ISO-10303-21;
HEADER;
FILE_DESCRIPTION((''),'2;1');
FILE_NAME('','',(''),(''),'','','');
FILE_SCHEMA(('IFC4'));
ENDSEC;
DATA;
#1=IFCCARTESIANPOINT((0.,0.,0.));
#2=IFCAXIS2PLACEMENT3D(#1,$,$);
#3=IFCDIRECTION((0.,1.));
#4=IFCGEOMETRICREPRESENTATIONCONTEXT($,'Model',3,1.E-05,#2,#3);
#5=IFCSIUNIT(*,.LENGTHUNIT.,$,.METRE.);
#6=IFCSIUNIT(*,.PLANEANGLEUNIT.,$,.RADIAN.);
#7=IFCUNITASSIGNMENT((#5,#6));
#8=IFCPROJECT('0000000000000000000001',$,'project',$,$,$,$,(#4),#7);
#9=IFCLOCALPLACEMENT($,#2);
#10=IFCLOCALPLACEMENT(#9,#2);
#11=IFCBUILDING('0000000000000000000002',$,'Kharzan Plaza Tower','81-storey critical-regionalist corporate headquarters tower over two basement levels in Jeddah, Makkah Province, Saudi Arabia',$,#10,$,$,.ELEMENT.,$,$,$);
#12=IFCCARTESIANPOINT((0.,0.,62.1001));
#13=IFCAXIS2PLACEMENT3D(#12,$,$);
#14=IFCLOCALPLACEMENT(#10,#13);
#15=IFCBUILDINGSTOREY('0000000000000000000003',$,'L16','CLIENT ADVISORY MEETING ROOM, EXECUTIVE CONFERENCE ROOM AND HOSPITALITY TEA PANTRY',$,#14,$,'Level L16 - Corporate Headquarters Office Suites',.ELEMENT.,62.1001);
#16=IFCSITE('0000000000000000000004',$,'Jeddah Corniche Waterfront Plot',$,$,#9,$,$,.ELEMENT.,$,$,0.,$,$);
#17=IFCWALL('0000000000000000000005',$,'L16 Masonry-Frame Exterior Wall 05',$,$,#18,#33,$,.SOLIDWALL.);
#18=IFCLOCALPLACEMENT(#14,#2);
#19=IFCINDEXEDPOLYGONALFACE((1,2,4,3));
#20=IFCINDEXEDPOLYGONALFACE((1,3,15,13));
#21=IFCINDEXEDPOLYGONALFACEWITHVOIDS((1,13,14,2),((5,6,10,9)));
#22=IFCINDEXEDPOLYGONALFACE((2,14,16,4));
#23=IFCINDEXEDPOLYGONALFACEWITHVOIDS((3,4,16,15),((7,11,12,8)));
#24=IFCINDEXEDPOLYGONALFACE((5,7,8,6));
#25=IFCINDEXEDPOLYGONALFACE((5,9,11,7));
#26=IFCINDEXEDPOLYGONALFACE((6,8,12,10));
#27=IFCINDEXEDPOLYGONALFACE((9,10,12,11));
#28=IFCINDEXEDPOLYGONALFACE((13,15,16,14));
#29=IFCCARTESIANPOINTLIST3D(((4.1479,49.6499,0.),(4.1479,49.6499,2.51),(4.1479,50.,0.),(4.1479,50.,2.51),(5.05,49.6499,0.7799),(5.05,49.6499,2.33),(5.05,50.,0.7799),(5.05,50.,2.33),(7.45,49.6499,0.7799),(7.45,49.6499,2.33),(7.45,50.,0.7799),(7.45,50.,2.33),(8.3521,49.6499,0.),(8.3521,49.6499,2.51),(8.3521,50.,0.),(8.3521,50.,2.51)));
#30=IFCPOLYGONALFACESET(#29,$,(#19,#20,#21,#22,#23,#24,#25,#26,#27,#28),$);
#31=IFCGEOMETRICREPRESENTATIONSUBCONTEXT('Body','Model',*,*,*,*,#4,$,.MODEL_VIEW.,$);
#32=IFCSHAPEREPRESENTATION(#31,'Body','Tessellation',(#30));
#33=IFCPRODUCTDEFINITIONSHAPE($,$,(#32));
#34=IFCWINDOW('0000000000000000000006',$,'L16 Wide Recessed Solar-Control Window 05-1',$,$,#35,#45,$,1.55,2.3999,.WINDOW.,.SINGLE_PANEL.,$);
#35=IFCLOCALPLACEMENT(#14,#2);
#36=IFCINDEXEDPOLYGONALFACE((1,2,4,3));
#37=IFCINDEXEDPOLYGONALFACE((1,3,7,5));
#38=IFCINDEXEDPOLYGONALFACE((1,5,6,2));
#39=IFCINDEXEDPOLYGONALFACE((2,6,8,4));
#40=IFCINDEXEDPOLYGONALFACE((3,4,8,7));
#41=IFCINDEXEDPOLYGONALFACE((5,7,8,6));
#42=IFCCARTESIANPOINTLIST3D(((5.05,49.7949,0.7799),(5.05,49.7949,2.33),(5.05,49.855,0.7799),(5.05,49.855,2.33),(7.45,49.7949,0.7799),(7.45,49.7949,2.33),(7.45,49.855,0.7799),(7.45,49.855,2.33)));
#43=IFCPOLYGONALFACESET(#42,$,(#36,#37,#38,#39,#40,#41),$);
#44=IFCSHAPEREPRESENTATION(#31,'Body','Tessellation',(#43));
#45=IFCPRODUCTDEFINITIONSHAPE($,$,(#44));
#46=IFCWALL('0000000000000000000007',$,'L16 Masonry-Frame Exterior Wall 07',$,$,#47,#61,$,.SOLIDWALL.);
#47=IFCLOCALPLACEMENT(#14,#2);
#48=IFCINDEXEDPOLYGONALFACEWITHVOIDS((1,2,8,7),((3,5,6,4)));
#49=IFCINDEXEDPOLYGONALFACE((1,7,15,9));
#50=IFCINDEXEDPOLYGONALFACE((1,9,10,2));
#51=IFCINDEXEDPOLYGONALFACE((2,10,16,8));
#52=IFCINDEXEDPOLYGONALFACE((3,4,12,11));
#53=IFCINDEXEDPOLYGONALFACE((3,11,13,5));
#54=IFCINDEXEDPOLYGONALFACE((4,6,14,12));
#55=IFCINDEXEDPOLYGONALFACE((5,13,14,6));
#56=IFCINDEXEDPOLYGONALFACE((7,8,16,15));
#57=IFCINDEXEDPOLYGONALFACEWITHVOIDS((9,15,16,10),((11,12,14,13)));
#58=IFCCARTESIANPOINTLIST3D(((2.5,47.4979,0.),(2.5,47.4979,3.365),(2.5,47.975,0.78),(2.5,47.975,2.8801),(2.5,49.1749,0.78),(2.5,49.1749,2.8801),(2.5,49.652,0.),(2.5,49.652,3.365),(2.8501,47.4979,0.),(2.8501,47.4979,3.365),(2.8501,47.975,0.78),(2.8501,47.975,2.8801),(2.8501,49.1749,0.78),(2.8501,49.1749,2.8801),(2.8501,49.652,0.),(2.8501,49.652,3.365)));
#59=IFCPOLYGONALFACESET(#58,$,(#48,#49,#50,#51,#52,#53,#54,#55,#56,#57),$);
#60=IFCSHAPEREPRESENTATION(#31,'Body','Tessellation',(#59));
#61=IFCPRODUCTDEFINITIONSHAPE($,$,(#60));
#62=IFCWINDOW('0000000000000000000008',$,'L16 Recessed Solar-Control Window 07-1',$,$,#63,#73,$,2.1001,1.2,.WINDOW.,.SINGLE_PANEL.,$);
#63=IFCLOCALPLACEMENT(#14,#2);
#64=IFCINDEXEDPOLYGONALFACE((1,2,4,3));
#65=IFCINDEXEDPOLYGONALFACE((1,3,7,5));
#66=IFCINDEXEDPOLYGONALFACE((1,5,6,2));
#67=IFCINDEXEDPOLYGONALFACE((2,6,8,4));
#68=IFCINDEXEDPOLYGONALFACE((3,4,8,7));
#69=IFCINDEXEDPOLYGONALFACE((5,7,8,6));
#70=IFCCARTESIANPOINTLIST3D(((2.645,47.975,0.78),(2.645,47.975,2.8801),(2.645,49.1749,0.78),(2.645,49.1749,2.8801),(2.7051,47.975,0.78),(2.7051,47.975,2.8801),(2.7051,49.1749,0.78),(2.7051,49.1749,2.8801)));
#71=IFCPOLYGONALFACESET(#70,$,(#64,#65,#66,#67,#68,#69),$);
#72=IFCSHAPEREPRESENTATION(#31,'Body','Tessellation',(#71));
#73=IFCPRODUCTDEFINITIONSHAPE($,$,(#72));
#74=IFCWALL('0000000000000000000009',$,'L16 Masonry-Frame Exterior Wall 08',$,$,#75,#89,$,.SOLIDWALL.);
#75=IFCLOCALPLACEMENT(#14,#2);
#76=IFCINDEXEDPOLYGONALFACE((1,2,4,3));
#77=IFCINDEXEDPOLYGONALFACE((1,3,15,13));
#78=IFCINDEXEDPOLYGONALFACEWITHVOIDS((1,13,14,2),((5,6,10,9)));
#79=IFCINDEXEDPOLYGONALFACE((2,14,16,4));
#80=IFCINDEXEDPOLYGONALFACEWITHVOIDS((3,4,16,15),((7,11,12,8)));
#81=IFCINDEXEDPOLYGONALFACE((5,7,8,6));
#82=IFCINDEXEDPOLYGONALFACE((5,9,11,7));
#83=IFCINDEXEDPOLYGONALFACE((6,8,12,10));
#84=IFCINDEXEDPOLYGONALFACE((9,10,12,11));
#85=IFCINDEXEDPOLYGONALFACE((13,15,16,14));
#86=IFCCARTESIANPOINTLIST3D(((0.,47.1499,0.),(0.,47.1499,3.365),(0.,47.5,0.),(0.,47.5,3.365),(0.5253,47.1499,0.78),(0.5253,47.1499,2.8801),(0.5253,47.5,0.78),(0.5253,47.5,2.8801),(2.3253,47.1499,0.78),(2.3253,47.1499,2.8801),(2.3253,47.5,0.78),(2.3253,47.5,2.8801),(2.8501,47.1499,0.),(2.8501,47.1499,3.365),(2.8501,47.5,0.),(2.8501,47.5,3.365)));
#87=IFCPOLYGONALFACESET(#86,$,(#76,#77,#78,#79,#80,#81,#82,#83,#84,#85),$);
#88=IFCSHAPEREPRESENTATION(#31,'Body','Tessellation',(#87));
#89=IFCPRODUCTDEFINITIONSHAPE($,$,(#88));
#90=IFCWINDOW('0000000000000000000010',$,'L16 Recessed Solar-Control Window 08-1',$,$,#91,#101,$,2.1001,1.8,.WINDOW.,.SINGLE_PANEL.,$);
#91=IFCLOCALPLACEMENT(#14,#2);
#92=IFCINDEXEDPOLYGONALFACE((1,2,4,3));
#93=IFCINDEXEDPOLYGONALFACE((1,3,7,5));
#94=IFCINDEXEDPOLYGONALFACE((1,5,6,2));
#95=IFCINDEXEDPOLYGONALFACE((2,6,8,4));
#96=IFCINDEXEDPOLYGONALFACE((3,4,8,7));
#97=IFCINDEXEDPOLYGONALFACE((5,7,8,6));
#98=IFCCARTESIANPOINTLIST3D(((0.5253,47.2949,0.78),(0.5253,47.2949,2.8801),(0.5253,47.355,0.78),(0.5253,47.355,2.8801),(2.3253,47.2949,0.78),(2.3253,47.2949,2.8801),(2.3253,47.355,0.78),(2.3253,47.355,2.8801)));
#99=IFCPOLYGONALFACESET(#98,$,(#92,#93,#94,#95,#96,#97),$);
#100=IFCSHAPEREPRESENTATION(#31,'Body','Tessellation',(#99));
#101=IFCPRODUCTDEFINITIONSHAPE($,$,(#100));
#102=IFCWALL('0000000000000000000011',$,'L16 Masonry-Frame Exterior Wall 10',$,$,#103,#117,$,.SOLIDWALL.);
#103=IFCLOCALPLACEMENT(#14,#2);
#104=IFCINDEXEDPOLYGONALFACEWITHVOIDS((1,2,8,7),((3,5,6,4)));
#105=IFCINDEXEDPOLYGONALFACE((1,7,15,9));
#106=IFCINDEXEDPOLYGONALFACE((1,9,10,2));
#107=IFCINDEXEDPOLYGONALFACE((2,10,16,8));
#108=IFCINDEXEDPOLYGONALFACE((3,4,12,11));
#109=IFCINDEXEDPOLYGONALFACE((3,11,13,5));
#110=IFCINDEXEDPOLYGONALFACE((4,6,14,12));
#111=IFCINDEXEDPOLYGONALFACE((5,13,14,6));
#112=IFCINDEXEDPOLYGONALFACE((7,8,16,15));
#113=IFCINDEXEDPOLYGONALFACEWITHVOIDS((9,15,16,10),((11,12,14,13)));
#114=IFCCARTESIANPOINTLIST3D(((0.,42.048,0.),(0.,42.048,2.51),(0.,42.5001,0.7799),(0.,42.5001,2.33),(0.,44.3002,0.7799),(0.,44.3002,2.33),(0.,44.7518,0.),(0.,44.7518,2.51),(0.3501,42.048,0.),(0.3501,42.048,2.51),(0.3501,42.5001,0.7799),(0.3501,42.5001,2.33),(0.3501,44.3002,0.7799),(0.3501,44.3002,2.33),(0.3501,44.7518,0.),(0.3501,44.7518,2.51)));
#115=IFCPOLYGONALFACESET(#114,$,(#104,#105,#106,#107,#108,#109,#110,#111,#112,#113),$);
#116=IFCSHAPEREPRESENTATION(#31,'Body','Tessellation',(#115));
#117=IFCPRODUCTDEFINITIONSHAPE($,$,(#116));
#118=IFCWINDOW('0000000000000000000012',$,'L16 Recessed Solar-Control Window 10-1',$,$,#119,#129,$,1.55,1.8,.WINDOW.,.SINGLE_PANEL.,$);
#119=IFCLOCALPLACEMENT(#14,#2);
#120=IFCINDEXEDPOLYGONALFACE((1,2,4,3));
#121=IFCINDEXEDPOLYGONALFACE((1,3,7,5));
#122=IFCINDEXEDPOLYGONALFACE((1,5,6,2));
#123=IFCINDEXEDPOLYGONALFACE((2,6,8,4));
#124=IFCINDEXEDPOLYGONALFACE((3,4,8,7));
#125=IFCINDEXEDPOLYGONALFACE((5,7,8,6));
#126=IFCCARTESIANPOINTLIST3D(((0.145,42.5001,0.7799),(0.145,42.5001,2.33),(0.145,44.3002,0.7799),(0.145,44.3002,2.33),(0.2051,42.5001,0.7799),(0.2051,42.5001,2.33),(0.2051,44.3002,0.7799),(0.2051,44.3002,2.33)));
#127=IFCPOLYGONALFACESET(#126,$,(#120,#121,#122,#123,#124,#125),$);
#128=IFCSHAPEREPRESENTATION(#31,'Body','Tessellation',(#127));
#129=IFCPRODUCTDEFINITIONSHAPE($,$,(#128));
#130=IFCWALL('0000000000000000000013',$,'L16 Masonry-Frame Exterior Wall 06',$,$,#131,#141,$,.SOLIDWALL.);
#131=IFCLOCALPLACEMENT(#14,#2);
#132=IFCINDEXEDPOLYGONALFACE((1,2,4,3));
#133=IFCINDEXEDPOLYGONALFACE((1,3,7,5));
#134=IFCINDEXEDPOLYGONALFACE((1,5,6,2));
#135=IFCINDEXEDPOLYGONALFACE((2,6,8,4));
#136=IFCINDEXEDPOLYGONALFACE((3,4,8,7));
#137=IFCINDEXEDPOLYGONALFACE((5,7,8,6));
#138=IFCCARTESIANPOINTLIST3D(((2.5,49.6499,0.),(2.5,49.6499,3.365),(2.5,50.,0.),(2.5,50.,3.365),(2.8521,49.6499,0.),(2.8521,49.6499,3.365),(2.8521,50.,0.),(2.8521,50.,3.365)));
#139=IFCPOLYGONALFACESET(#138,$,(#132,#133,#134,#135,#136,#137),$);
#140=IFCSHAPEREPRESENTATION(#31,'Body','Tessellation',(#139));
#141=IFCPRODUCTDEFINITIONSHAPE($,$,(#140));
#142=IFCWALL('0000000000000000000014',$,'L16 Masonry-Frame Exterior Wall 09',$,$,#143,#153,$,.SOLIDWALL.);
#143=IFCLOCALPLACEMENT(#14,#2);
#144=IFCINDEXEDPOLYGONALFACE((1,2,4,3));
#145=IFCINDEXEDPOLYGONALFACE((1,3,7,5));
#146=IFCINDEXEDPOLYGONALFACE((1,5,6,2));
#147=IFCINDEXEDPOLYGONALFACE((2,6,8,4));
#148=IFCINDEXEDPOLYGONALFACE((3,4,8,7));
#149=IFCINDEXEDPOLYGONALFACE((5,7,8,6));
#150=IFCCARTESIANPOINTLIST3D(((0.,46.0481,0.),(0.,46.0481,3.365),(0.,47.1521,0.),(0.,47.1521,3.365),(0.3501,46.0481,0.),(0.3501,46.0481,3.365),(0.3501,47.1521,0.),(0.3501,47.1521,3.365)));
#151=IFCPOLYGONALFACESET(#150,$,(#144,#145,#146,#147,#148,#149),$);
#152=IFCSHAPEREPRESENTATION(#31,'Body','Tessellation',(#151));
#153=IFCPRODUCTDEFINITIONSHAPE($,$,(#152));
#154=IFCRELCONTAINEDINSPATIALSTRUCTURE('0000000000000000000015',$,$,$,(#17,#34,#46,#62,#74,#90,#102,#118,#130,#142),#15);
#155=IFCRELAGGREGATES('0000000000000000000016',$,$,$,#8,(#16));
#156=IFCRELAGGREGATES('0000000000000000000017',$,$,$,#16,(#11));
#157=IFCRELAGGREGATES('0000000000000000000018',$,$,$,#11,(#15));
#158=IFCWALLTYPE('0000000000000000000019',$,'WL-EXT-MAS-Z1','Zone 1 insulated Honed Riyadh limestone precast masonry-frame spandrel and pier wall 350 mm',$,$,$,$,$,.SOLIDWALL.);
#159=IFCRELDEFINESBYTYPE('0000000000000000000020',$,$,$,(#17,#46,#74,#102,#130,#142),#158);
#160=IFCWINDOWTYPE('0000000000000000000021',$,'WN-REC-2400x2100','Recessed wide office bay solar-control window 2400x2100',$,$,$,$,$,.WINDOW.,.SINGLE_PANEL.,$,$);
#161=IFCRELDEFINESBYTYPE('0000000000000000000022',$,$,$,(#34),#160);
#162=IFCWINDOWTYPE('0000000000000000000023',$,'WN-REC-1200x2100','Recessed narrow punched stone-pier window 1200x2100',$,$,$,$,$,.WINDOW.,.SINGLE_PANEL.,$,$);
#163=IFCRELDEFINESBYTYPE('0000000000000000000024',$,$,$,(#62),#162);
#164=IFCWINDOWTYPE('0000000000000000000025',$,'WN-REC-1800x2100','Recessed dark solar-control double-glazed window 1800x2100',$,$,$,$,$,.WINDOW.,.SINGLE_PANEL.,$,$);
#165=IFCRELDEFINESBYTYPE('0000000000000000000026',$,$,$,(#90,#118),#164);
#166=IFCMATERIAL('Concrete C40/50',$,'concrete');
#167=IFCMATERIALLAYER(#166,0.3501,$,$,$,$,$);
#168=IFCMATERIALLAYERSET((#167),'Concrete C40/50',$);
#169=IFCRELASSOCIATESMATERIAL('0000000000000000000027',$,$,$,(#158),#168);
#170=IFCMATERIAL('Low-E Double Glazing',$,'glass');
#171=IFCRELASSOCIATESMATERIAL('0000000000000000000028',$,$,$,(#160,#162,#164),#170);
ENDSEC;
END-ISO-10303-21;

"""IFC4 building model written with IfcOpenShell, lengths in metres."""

from ifc_helpers import new_model, si_unit, direction, frame, frame_2d, origin, place, context, subcontext, project, spatial, rectangle, extrude, source, transform, mapped, material, layer, layer_set, type_object, element, fill, save


model = new_model("IFC4")

# Units and contexts
model_context = context("Model", 3, precision=1e-05, world=origin(), true_north=direction((0.0, 1.0)))
body_context = subcontext(model_context, "Body", "Model", "MODEL_VIEW")
ifc_project = project(units=[si_unit("LENGTHUNIT", "METRE"), si_unit("PLANEANGLEUNIT", "RADIAN")], contexts=[model_context])

# Site, building, storey
site_placement = place(None, origin())
site = spatial("IfcSite", under=ifc_project, at=site_placement, Name="Jeddah Corniche Waterfront Plot", CompositionType="ELEMENT", RefElevation=0.0)
building_placement = place(site_placement, origin())
building = spatial("IfcBuilding", under=site, at=building_placement, Name="Kharzan Plaza Tower", Description="81-storey critical-regionalist corporate headquarters tower over two basement levels in Jeddah, Makkah Province, Saudi Arabia", CompositionType="ELEMENT")
storey_placement = place(building_placement, frame((0.0, 0.0, 62.1001)))
storey = spatial("IfcBuildingStorey", under=building, at=storey_placement, Name="L16", Description="CLIENT ADVISORY MEETING ROOM, EXECUTIVE CONFERENCE ROOM AND HOSPITALITY TEA PANTRY", LongName="Level L16 - Corporate Headquarters Office Suites", CompositionType="ELEMENT", Elevation=62.1001)

# Walls, openings, windows
ifc_material_1 = material(Name="Concrete C40/50", Category="concrete")
ifc_layer_1 = layer(ifc_material_1, 0.3501)
ifc_layer_set_1 = layer_set([ifc_layer_1], Name="Concrete C40/50")
wall_type_1 = type_object("IfcWallType", Name="WL-EXT-MAS-Z1", Description="Zone 1 insulated Honed Riyadh limestone precast masonry-frame spandrel and pier wall 350 mm", PredefinedType="SOLIDWALL", material=ifc_layer_set_1)
wall_1_placement = place(storey_placement, frame((8.3521, 49.825, 0.0), z_axis=(0.0, 0.0, 1.0), x_axis=(-1.0, 0.0, 0.0)))
wall_1 = element("IfcWall", 1, at=wall_1_placement, inside=storey, type_object=wall_type_1, Name="L16 Masonry-Frame Exterior Wall 05", PredefinedType="SOLIDWALL", context=body_context, shape_type="SweptSolid", body=[
    extrude(rectangle(XDim=4.2041, YDim=0.3501, at=frame_2d((2.1021, 0.0))), origin(), (0.0, 0.0, 1.0), 2.51),
])
opening_1_placement = place(wall_1_placement, frame((0.9021, 0.0, 0.78)))
opening_1 = element("IfcOpeningElement", 2, at=opening_1_placement, cuts=wall_1, PredefinedType="OPENING", context=body_context, shape_type="SweptSolid", body=[
    extrude(rectangle(XDim=2.3999, YDim=1.55, at=frame_2d((1.2, 0.7749))), frame((0.0, 0.1851, 0.0), z_axis=(0.0, -1.0, 0.0), x_axis=(1.0, 0.0, 0.0)), (0.0, 0.0, 1.0), 0.3701),
])
ifc_material_2 = material(Name="Low-E Double Glazing", Category="glass")
window_type_1 = type_object("IfcWindowType", Name="WN-REC-2400x2100", Description="Recessed wide office bay solar-control window 2400x2100", PartitioningType="SINGLE_PANEL", PredefinedType="WINDOW", material=ifc_material_2)
shared_shape_1 = source(origin(), body_context, "Body", "SweptSolid", [
    extrude(rectangle(XDim=2.3999, YDim=1.55, at=frame_2d((1.2, 0.7749))), frame((0.0, 0.03, 0.0), z_axis=(0.0, -1.0, 0.0), x_axis=(1.0, 0.0, 0.0)), (0.0, 0.0, 1.0), 0.0601),
])
window_1_placement = place(opening_1_placement, origin())
window_1 = element("IfcWindow", 3, at=window_1_placement, inside=storey, type_object=window_type_1, Name="L16 Wide Recessed Solar-Control Window 05-1", OverallHeight=1.55, OverallWidth=2.3999, PartitioningType="SINGLE_PANEL", PredefinedType="WINDOW", context=body_context, shape_type="MappedRepresentation", body=[
    mapped(shared_shape_1, transform((0.0, 0.0, 0.0), x_axis=(1.0, 0.0, 0.0), y_axis=(0.0, 1.0, 0.0), z_axis=(0.0, 0.0, 1.0))),
])
fill(opening_1, window_1)
wall_2_placement = place(storey_placement, frame((2.675, 49.6521, 0.0), z_axis=(0.0, 0.0, 1.0), x_axis=(0.0, -1.0, 0.0)))
wall_2 = element("IfcWall", 4, at=wall_2_placement, inside=storey, type_object=wall_type_1, Name="L16 Masonry-Frame Exterior Wall 07", PredefinedType="SOLIDWALL", context=body_context, shape_type="SweptSolid", body=[
    extrude(rectangle(XDim=2.1541, YDim=0.3501, at=frame_2d((1.0771, 0.0))), origin(), (0.0, 0.0, 1.0), 3.365),
])
opening_2_placement = place(wall_2_placement, frame((0.4771, 0.0, 0.78)))
opening_2 = element("IfcOpeningElement", 5, at=opening_2_placement, cuts=wall_2, PredefinedType="OPENING", context=body_context, shape_type="SweptSolid", body=[
    extrude(rectangle(XDim=1.2, YDim=2.1001, at=frame_2d((0.6001, 1.05))), frame((0.0, 0.1851, 0.0), z_axis=(0.0, -1.0, 0.0), x_axis=(1.0, 0.0, 0.0)), (0.0, 0.0, 1.0), 0.3701),
])
window_type_2 = type_object("IfcWindowType", Name="WN-REC-1200x2100", Description="Recessed narrow punched stone-pier window 1200x2100", PartitioningType="SINGLE_PANEL", PredefinedType="WINDOW", material=ifc_material_2)
shared_shape_2 = source(origin(), body_context, "Body", "SweptSolid", [
    extrude(rectangle(XDim=1.2, YDim=2.1001, at=frame_2d((0.6001, 1.05))), frame((0.0, 0.03, 0.0), z_axis=(0.0, -1.0, 0.0), x_axis=(1.0, 0.0, 0.0)), (0.0, 0.0, 1.0), 0.0601),
])
window_2_placement = place(opening_2_placement, origin())
window_2 = element("IfcWindow", 6, at=window_2_placement, inside=storey, type_object=window_type_2, Name="L16 Recessed Solar-Control Window 07-1", OverallHeight=2.1001, OverallWidth=1.2, PartitioningType="SINGLE_PANEL", PredefinedType="WINDOW", context=body_context, shape_type="MappedRepresentation", body=[
    mapped(shared_shape_2, transform((0.0, 0.0, 0.0), x_axis=(1.0, 0.0, 0.0), y_axis=(0.0, 1.0, 0.0), z_axis=(0.0, 0.0, 1.0))),
])
fill(opening_2, window_2)
wall_3_placement = place(storey_placement, frame((2.8501, 47.325, 0.0), z_axis=(0.0, 0.0, 1.0), x_axis=(-1.0, 0.0, 0.0)))
wall_3 = element("IfcWall", 7, at=wall_3_placement, inside=storey, type_object=wall_type_1, Name="L16 Masonry-Frame Exterior Wall 08", PredefinedType="SOLIDWALL", context=body_context, shape_type="SweptSolid", body=[
    extrude(rectangle(XDim=2.8501, YDim=0.3501, at=frame_2d((1.425, 0.0))), origin(), (0.0, 0.0, 1.0), 3.365),
])
opening_3_placement = place(wall_3_placement, frame((0.5249, 0.0, 0.78)))
opening_3 = element("IfcOpeningElement", 8, at=opening_3_placement, cuts=wall_3, PredefinedType="OPENING", context=body_context, shape_type="SweptSolid", body=[
    extrude(rectangle(XDim=1.8, YDim=2.1001, at=frame_2d((0.8999, 1.05))), frame((0.0, 0.1851, 0.0), z_axis=(0.0, -1.0, 0.0), x_axis=(1.0, 0.0, 0.0)), (0.0, 0.0, 1.0), 0.3701),
])
window_type_3 = type_object("IfcWindowType", Name="WN-REC-1800x2100", Description="Recessed dark solar-control double-glazed window 1800x2100", PartitioningType="SINGLE_PANEL", PredefinedType="WINDOW", material=ifc_material_2)
shared_shape_3 = source(origin(), body_context, "Body", "SweptSolid", [
    extrude(rectangle(XDim=1.8, YDim=2.1001, at=frame_2d((0.8999, 1.05))), frame((0.0, 0.03, 0.0), z_axis=(0.0, -1.0, 0.0), x_axis=(1.0, 0.0, 0.0)), (0.0, 0.0, 1.0), 0.0601),
])
window_3_placement = place(opening_3_placement, origin())
window_3 = element("IfcWindow", 9, at=window_3_placement, inside=storey, type_object=window_type_3, Name="L16 Recessed Solar-Control Window 08-1", OverallHeight=2.1001, OverallWidth=1.8, PartitioningType="SINGLE_PANEL", PredefinedType="WINDOW", context=body_context, shape_type="MappedRepresentation", body=[
    mapped(shared_shape_3, transform((0.0, 0.0, 0.0), x_axis=(1.0, 0.0, 0.0), y_axis=(0.0, 1.0, 0.0), z_axis=(0.0, 0.0, 1.0))),
])
fill(opening_3, window_3)
wall_4_placement = place(storey_placement, frame((0.175, 44.752, 0.0), z_axis=(0.0, 0.0, 1.0), x_axis=(0.0, -1.0, 0.0)))
wall_4 = element("IfcWall", 10, at=wall_4_placement, inside=storey, type_object=wall_type_1, Name="L16 Masonry-Frame Exterior Wall 10", PredefinedType="SOLIDWALL", context=body_context, shape_type="SweptSolid", body=[
    extrude(rectangle(XDim=2.7039, YDim=0.3501, at=frame_2d((1.3521, 0.0))), origin(), (0.0, 0.0, 1.0), 2.51),
])
opening_4_placement = place(wall_4_placement, frame((0.4519, 0.0, 0.78)))
opening_4 = element("IfcOpeningElement", 11, at=opening_4_placement, cuts=wall_4, PredefinedType="OPENING", context=body_context, shape_type="SweptSolid", body=[
    extrude(rectangle(XDim=1.8, YDim=1.55, at=frame_2d((0.8999, 0.7749))), frame((0.0, 0.1851, 0.0), z_axis=(0.0, -1.0, 0.0), x_axis=(1.0, 0.0, 0.0)), (0.0, 0.0, 1.0), 0.3701),
])
shared_shape_4 = source(origin(), body_context, "Body", "SweptSolid", [
    extrude(rectangle(XDim=1.8, YDim=1.55, at=frame_2d((0.8999, 0.7749))), frame((0.0, 0.03, 0.0), z_axis=(0.0, -1.0, 0.0), x_axis=(1.0, 0.0, 0.0)), (0.0, 0.0, 1.0), 0.0601),
])
window_4_placement = place(opening_4_placement, origin())
window_4 = element("IfcWindow", 12, at=window_4_placement, inside=storey, type_object=window_type_3, Name="L16 Recessed Solar-Control Window 10-1", OverallHeight=1.55, OverallWidth=1.8, PartitioningType="SINGLE_PANEL", PredefinedType="WINDOW", context=body_context, shape_type="MappedRepresentation", body=[
    mapped(shared_shape_4, transform((0.0, 0.0, 0.0), x_axis=(1.0, 0.0, 0.0), y_axis=(0.0, 1.0, 0.0), z_axis=(0.0, 0.0, 1.0))),
])
fill(opening_4, window_4)

# Walls
shared_shape_5 = source(origin(), body_context, "Body", "SweptSolid", [
    extrude(rectangle(XDim=0.3521, YDim=0.3501, at=frame_2d((0.176, 0.0))), origin(), (0.0, 0.0, 1.0), 3.365),
])
wall_5_placement = place(storey_placement, frame((2.8521, 49.825, 0.0), z_axis=(0.0, 0.0, 1.0), x_axis=(-1.0, 0.0, 0.0)))
element("IfcWall", 13, at=wall_5_placement, inside=storey, type_object=wall_type_1, Name="L16 Masonry-Frame Exterior Wall 06", PredefinedType="SOLIDWALL", context=body_context, shape_type="MappedRepresentation", body=[
    mapped(shared_shape_5, transform((0.0, 0.0, 0.0), x_axis=(1.0, 0.0, 0.0), y_axis=(0.0, 1.0, 0.0), z_axis=(0.0, 0.0, 1.0))),
])
shared_shape_6 = source(origin(), body_context, "Body", "SweptSolid", [
    extrude(rectangle(XDim=1.104, YDim=0.3501, at=frame_2d((0.552, 0.0))), origin(), (0.0, 0.0, 1.0), 3.365),
])
wall_6_placement = place(storey_placement, frame((0.175, 47.1521, 0.0), z_axis=(0.0, 0.0, 1.0), x_axis=(0.0, -1.0, 0.0)))
element("IfcWall", 14, at=wall_6_placement, inside=storey, type_object=wall_type_1, Name="L16 Masonry-Frame Exterior Wall 09", PredefinedType="SOLIDWALL", context=body_context, shape_type="MappedRepresentation", body=[
    mapped(shared_shape_6, transform((0.0, 0.0, 0.0), x_axis=(1.0, 0.0, 0.0), y_axis=(0.0, 1.0, 0.0), z_axis=(0.0, 0.0, 1.0))),
])

save(model, "model.ifc")
